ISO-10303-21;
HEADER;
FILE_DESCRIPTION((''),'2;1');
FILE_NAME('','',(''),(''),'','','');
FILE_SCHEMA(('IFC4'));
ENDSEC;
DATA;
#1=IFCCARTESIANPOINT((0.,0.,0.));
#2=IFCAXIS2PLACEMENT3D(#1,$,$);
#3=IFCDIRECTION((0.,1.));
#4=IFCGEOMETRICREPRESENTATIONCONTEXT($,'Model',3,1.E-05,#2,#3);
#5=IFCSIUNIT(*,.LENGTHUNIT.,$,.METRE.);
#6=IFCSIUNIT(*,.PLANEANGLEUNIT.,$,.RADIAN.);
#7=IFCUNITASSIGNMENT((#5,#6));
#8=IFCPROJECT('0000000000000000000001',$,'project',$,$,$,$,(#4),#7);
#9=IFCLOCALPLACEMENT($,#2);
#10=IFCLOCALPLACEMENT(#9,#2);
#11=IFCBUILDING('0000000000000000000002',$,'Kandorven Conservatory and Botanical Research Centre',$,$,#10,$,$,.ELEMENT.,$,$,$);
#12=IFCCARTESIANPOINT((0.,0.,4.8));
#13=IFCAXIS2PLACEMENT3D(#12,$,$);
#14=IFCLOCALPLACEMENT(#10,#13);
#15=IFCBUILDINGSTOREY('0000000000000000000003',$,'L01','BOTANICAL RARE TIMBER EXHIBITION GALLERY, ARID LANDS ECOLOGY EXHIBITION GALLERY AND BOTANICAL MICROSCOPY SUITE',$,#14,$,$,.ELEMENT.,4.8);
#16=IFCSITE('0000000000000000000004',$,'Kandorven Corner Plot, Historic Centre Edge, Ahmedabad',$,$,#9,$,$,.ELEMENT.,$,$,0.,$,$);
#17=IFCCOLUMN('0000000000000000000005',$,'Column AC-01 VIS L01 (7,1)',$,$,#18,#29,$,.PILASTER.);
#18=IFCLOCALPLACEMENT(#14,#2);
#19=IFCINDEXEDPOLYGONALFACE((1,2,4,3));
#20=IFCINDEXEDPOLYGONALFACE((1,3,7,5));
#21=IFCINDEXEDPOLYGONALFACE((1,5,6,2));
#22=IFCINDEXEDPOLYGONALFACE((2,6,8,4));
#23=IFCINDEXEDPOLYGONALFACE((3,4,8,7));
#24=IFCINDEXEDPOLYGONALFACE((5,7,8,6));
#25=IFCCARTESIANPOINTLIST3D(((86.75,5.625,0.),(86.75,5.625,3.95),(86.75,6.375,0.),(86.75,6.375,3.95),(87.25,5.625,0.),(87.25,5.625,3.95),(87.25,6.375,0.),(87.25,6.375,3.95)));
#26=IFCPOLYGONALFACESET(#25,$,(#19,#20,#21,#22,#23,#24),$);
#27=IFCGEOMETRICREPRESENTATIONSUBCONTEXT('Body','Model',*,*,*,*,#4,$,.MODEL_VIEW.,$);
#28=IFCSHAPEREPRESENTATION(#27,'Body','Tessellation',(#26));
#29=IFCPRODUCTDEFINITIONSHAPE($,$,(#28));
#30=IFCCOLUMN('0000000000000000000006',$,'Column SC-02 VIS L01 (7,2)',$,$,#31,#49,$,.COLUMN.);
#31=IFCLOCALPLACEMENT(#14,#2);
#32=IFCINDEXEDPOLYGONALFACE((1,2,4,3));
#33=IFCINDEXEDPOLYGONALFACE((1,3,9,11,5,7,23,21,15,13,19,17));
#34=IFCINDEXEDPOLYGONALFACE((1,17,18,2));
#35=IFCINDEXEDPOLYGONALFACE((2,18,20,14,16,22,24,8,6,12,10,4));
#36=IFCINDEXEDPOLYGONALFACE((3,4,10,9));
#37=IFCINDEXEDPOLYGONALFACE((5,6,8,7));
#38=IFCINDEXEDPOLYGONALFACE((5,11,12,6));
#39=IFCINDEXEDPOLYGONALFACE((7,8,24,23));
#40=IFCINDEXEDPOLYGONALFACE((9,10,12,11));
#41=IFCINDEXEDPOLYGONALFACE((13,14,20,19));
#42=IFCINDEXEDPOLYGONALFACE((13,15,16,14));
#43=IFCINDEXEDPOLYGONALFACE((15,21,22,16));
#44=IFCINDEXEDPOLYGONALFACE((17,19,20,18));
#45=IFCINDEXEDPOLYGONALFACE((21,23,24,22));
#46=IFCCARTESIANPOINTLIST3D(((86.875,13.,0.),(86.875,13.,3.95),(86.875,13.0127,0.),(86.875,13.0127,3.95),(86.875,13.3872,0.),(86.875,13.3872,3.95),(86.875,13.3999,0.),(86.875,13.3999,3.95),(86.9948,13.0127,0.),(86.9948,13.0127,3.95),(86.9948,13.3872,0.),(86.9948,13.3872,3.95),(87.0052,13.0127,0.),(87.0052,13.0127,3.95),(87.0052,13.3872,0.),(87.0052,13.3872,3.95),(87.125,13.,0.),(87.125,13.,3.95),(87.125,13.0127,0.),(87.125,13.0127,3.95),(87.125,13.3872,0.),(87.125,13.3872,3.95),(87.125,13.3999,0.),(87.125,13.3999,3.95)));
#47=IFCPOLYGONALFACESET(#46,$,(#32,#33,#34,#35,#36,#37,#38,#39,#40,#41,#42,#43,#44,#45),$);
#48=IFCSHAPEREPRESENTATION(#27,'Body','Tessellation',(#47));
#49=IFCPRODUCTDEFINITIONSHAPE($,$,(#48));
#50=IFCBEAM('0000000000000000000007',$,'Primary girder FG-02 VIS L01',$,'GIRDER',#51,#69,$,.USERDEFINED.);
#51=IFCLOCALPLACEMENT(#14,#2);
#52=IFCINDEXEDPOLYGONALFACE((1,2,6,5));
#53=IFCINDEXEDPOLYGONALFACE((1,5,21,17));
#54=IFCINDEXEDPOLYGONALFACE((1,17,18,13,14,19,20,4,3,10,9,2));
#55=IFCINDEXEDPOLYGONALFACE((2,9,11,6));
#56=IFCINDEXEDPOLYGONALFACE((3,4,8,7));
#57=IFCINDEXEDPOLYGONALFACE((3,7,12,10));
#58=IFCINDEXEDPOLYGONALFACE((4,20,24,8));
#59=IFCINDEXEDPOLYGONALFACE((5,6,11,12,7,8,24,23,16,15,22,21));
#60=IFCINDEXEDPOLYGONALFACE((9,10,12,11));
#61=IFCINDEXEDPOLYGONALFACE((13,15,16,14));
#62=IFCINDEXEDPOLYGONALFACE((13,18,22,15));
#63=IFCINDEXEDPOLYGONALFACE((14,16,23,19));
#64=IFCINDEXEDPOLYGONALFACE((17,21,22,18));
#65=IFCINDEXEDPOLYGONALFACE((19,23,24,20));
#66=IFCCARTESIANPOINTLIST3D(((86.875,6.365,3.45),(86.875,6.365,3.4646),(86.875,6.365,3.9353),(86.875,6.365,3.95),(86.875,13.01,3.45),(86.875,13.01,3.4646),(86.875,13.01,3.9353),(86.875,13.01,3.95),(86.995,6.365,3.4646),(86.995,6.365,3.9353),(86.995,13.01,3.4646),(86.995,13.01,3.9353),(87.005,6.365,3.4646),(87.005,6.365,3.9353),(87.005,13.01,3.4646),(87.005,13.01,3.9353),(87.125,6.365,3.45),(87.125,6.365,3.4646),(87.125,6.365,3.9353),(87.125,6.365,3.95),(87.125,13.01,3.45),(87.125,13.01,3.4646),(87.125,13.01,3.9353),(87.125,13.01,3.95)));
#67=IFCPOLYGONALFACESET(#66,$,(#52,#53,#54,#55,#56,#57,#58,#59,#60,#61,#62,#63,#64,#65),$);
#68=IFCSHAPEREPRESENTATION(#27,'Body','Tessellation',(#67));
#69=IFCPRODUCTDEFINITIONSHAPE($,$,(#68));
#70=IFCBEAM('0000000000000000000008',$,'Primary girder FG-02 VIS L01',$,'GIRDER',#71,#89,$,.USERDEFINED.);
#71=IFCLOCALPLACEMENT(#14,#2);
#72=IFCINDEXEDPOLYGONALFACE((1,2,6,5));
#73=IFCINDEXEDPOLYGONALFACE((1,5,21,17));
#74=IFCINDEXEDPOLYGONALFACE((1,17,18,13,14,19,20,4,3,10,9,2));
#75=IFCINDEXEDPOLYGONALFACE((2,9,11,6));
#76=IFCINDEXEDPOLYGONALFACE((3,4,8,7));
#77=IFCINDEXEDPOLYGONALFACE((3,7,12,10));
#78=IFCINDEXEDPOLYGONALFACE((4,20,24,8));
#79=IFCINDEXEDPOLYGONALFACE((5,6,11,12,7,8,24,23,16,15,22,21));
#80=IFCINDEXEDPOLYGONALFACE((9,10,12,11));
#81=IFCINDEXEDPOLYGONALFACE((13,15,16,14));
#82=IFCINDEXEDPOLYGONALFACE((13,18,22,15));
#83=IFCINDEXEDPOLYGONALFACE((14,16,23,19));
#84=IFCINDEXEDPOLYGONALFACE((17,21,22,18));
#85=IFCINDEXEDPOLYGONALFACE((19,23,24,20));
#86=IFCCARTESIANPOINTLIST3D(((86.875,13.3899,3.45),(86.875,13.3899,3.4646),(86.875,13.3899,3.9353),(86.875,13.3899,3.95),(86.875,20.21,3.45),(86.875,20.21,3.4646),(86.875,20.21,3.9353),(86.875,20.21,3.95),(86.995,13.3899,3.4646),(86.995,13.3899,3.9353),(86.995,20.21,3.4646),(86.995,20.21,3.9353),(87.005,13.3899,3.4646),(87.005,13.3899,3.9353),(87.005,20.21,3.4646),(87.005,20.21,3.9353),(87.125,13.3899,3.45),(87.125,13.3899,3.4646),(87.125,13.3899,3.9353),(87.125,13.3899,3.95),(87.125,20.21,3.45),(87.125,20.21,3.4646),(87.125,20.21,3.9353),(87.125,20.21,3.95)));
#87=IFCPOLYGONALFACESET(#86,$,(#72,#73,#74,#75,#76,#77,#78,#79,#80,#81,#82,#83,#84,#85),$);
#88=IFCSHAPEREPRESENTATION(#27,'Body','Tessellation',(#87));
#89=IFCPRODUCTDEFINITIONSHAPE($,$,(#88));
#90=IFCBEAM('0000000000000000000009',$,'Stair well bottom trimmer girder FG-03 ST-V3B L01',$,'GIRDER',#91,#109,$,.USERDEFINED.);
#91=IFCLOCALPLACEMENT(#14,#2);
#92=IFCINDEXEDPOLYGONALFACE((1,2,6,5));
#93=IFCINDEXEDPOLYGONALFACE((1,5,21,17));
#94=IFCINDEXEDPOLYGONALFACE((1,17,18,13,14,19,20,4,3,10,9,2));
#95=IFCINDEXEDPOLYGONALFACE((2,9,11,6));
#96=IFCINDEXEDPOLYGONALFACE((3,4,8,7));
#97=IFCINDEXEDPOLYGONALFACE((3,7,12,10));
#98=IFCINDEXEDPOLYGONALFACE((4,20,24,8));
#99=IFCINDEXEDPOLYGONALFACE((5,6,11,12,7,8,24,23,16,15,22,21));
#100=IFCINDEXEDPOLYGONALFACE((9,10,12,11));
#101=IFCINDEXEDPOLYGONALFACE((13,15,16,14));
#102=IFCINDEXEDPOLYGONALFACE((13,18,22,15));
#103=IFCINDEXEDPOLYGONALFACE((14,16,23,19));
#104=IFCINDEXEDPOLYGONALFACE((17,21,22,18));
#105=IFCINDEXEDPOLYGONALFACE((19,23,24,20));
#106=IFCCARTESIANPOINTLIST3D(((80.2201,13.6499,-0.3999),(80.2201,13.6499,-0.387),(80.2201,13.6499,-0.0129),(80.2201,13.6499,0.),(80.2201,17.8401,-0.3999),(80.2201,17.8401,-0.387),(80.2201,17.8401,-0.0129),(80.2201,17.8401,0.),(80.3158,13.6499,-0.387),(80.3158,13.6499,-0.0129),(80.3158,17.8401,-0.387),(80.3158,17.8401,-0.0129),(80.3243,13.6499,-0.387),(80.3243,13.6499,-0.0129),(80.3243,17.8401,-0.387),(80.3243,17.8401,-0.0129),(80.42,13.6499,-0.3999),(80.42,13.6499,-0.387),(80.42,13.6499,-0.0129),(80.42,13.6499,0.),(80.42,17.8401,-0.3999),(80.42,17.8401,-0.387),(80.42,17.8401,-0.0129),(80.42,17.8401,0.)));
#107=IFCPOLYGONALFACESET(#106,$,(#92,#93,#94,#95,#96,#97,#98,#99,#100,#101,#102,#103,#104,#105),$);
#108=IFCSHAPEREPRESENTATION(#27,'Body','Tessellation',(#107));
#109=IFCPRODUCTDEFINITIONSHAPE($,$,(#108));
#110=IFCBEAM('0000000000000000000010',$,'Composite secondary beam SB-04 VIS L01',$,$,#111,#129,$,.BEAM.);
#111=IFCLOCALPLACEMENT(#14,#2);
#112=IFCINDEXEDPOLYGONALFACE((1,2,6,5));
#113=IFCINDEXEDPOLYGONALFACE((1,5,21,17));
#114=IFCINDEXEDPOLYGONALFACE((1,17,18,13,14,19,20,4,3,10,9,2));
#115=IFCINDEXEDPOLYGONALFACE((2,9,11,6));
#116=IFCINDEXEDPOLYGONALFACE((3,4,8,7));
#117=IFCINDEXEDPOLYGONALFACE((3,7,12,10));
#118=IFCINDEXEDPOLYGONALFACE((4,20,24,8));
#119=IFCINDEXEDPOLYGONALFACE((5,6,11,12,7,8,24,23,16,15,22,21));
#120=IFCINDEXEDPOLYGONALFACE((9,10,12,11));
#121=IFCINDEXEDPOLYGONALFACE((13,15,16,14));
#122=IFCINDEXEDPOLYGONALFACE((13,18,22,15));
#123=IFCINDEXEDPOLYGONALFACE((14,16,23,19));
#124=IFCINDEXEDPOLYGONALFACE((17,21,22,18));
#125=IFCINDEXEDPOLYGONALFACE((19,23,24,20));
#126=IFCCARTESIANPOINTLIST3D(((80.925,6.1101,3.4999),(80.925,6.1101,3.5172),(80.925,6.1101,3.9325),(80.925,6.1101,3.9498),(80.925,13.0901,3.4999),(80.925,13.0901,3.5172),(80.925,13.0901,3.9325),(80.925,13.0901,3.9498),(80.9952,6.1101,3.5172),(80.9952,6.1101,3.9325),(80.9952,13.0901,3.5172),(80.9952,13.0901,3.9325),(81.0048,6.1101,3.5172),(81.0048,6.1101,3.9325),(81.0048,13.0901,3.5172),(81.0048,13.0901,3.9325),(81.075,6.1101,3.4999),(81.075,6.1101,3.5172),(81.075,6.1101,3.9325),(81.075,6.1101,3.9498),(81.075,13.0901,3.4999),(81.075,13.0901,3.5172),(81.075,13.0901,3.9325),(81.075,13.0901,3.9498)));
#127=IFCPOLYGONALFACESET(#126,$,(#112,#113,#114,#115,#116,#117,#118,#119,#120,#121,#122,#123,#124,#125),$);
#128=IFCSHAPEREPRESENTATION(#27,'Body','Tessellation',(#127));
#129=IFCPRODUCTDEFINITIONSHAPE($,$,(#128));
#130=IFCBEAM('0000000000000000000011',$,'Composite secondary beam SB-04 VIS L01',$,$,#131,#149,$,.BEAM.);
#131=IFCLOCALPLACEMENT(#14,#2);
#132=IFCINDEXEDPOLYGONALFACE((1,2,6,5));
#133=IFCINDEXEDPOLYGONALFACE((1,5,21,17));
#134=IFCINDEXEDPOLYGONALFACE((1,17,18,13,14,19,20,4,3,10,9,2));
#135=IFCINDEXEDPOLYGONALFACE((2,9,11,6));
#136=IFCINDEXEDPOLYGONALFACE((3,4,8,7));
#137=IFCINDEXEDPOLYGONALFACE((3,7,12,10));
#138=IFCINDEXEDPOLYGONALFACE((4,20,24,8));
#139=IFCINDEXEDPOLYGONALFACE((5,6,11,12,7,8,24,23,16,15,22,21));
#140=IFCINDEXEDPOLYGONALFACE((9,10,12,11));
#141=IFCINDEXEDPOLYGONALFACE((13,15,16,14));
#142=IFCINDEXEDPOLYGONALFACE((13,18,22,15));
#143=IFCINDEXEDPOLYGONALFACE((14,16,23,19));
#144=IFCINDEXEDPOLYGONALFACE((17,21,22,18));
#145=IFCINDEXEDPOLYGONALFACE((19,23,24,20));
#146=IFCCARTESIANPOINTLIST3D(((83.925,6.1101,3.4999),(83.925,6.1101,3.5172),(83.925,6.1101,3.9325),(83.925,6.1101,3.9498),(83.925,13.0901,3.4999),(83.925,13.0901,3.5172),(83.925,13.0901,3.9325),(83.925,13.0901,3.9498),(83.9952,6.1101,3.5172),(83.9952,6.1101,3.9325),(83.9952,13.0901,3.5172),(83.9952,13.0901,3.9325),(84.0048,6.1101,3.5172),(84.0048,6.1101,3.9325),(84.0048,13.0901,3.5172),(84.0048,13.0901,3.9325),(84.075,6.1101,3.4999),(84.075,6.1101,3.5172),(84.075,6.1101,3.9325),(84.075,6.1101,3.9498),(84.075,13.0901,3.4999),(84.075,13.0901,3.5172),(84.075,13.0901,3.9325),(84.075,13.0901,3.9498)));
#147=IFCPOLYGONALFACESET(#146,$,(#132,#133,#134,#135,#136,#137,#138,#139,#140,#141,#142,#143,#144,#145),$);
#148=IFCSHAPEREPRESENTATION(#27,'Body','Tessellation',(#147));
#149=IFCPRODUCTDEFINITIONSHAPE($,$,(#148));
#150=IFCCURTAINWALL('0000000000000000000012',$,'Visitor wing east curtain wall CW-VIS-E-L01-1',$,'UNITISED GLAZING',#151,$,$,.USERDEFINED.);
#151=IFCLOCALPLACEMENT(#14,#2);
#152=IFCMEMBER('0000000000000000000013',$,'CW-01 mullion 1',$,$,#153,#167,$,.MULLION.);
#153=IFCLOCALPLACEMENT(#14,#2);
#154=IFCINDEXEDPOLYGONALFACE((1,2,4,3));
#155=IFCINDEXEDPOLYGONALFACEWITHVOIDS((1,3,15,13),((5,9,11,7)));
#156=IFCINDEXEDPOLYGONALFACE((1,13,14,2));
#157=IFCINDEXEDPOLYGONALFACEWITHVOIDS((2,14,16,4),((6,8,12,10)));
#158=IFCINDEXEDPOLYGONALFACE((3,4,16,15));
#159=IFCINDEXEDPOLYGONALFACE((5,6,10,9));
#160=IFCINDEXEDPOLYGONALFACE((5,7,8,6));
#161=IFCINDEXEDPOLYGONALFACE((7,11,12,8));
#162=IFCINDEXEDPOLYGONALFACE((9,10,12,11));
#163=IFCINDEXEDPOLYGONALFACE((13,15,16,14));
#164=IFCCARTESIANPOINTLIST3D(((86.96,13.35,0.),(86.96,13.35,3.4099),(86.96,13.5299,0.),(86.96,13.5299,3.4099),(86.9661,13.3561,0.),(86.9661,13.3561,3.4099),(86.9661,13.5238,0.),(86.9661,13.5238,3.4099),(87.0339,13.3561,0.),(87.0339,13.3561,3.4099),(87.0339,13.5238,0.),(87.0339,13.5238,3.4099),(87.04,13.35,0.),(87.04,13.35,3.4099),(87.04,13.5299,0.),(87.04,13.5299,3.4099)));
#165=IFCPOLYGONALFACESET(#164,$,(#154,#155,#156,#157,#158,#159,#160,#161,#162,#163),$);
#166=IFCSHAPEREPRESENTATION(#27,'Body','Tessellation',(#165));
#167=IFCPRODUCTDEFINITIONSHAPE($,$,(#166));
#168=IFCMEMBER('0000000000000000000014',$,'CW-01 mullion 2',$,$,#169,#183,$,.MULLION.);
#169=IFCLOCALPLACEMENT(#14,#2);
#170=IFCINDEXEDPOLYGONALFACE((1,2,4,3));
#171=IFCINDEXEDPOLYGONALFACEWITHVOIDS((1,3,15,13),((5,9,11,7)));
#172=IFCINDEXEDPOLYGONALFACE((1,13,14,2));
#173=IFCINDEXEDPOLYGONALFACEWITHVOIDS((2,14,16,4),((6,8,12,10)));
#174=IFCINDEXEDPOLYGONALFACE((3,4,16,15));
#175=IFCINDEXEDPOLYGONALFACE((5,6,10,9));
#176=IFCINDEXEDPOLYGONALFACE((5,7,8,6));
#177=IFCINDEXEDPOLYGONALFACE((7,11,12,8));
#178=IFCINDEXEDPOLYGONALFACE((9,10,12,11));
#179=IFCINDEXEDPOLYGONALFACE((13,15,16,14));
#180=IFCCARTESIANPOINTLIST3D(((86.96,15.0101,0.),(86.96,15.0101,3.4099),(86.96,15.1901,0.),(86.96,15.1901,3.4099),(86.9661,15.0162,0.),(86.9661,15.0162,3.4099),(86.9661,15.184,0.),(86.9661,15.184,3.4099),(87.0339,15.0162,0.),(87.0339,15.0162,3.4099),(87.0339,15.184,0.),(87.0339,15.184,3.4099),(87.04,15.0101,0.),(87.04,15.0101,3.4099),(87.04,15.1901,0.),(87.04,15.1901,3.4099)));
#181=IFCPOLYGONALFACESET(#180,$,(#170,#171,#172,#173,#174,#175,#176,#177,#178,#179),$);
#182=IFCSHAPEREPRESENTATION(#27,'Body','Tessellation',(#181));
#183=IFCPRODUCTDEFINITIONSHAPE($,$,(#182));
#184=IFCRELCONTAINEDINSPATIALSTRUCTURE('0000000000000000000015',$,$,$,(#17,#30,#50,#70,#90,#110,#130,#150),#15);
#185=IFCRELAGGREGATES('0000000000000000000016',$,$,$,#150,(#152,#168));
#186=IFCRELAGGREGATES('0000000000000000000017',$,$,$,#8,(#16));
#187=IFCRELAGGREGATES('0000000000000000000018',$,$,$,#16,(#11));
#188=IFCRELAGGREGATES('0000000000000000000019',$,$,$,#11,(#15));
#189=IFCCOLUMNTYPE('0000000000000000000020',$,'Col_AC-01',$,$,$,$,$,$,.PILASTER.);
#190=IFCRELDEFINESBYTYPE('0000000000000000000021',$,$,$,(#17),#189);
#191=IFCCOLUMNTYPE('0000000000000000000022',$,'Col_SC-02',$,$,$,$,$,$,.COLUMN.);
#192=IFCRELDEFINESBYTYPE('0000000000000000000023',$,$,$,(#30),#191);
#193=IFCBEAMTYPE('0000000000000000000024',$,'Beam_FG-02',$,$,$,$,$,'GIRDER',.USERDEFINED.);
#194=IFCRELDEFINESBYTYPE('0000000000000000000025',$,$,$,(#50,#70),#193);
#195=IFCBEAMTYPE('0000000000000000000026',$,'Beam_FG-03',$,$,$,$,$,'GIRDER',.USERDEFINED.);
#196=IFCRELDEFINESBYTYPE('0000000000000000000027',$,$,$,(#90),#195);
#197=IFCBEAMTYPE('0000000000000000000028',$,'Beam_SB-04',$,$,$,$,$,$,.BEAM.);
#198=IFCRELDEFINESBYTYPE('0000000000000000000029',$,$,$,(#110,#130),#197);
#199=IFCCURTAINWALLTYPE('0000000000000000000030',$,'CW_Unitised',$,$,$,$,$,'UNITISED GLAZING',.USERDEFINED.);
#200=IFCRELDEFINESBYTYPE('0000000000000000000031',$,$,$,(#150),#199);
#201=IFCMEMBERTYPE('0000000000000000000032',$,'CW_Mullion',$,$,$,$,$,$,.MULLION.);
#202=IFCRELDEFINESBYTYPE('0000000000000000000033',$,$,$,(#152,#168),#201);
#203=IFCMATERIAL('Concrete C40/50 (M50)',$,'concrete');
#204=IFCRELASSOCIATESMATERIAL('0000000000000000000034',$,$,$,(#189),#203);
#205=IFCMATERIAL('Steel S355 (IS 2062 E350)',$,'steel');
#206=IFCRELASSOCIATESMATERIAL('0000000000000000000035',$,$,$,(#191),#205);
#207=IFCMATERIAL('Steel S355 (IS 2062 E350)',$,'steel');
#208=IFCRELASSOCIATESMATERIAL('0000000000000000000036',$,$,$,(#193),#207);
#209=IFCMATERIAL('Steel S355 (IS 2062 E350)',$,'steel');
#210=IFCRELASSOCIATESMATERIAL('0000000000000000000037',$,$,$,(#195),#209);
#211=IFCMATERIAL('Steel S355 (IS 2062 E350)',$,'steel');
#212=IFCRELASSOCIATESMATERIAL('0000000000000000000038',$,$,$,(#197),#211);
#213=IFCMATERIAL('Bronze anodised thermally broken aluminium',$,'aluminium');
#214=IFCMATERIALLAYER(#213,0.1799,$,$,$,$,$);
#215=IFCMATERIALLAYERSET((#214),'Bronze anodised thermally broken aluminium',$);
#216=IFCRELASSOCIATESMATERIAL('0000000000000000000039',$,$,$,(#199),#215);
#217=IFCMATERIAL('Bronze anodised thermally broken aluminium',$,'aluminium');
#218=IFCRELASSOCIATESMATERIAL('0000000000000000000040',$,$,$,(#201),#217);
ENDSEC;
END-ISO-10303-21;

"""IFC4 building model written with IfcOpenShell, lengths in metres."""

from ifc_helpers import new_model, si_unit, direction, frame, origin, origin_2d, place, context, subcontext, project, spatial, rectangle, hollow_rectangle, i_section, extrude, material, layer, layer_set, material_profile, profile_set, type_object, element, aggregate, save


model = new_model("IFC4")

# Units and contexts
model_context = context("Model", 3, precision=1e-05, world=origin(), true_north=direction((0.0, 1.0)))
body_context = subcontext(model_context, "Body", "Model", "MODEL_VIEW")
ifc_project = project(units=[si_unit("LENGTHUNIT", "METRE"), si_unit("PLANEANGLEUNIT", "RADIAN")], contexts=[model_context])

# Site, building, storey
site_placement = place(None, origin())
site = spatial("IfcSite", under=ifc_project, at=site_placement, Name="Kandorven Corner Plot, Historic Centre Edge, Ahmedabad", CompositionType="ELEMENT", RefElevation=0.0)
building_placement = place(site_placement, origin())
building = spatial("IfcBuilding", under=site, at=building_placement, Name="Kandorven Conservatory and Botanical Research Centre", CompositionType="ELEMENT")
storey_placement = place(building_placement, frame((0.0, 0.0, 4.8)))
storey = spatial("IfcBuildingStorey", under=building, at=storey_placement, Name="L01", Description="BOTANICAL RARE TIMBER EXHIBITION GALLERY, ARID LANDS ECOLOGY EXHIBITION GALLERY AND BOTANICAL MICROSCOPY SUITE", CompositionType="ELEMENT", Elevation=4.8)

# Columns
ifc_material_1 = material(Name="Concrete C40/50 (M50)", Category="concrete")
ifc_material_profile_1 = material_profile(ifc_material_1, rectangle(XDim=0.5, YDim=0.75, at=origin_2d()))
ifc_profile_set_1 = profile_set([ifc_material_profile_1], Name="Concrete C40/50 (M50)")
column_type_1 = type_object("IfcColumnType", Name="Col_AC-01", PredefinedType="PILASTER", material=ifc_profile_set_1)
column_1_placement = place(storey_placement, frame((87.0, 6.0, 0.0), z_axis=(0.0, 0.0, 1.0), x_axis=(1.0, 0.0, 0.0)))
element("IfcColumn", 1, at=column_1_placement, inside=storey, type_object=column_type_1, Name="Column AC-01 VIS L01 (7,1)", PredefinedType="PILASTER", context=body_context, shape_type="SweptSolid", body=[
    extrude(rectangle(XDim=0.5, YDim=0.75, at=origin_2d()), origin(), (0.0, 0.0, 1.0), 3.95),
])
ifc_material_2 = material(Name="Steel S355 (IS 2062 E350)", Category="steel")
ifc_material_profile_2 = material_profile(ifc_material_2, i_section(OverallWidth=0.25, OverallDepth=0.3999, WebThickness=0.0105, FlangeThickness=0.0127, at=origin_2d()))
ifc_profile_set_2 = profile_set([ifc_material_profile_2], Name="Steel S355 (IS 2062 E350)")
column_type_2 = type_object("IfcColumnType", Name="Col_SC-02", PredefinedType="COLUMN", material=ifc_profile_set_2)
column_2_placement = place(storey_placement, frame((87.0, 13.2, 0.0), z_axis=(0.0, 0.0, 1.0), x_axis=(1.0, 0.0, 0.0)))
element("IfcColumn", 2, at=column_2_placement, inside=storey, type_object=column_type_2, Name="Column SC-02 VIS L01 (7,2)", PredefinedType="COLUMN", context=body_context, shape_type="SweptSolid", body=[
    extrude(i_section(OverallWidth=0.25, OverallDepth=0.3999, WebThickness=0.0105, FlangeThickness=0.0127, at=origin_2d()), origin(), (0.0, 0.0, 1.0), 3.95),
])

# Beams
ifc_material_3 = material(Name="Steel S355 (IS 2062 E350)", Category="steel")
ifc_material_profile_3 = material_profile(ifc_material_3, i_section(OverallWidth=0.25, OverallDepth=0.5, WebThickness=0.01, FlangeThickness=0.0146, at=origin_2d()))
ifc_profile_set_3 = profile_set([ifc_material_profile_3], Name="Steel S355 (IS 2062 E350)")
beam_type_1 = type_object("IfcBeamType", Name="Beam_FG-02", ElementType="GIRDER", PredefinedType="USERDEFINED", material=ifc_profile_set_3)
beam_1_placement = place(storey_placement, frame((87.0, 6.365, 3.7), z_axis=(0.0, 1.0, 0.0), x_axis=(-1.0, 0.0, 0.0)))
element("IfcBeam", 3, at=beam_1_placement, inside=storey, type_object=beam_type_1, Name="Primary girder FG-02 VIS L01", ObjectType="GIRDER", PredefinedType="USERDEFINED", context=body_context, shape_type="SweptSolid", body=[
    extrude(i_section(OverallWidth=0.25, OverallDepth=0.5, WebThickness=0.01, FlangeThickness=0.0146, at=origin_2d()), origin(), (0.0, 0.0, 1.0), 6.645),
])
beam_2_placement = place(storey_placement, frame((87.0, 13.3899, 3.7), z_axis=(0.0, 1.0, 0.0), x_axis=(-1.0, 0.0, 0.0)))
element("IfcBeam", 4, at=beam_2_placement, inside=storey, type_object=beam_type_1, Name="Primary girder FG-02 VIS L01", ObjectType="GIRDER", PredefinedType="USERDEFINED", context=body_context, shape_type="SweptSolid", body=[
    extrude(i_section(OverallWidth=0.25, OverallDepth=0.5, WebThickness=0.01, FlangeThickness=0.0146, at=origin_2d()), origin(), (0.0, 0.0, 1.0), 6.8201),
])
ifc_material_4 = material(Name="Steel S355 (IS 2062 E350)", Category="steel")
ifc_material_profile_4 = material_profile(ifc_material_4, i_section(OverallWidth=0.2, OverallDepth=0.3999, WebThickness=0.0085, FlangeThickness=0.0129, at=origin_2d()))
ifc_profile_set_4 = profile_set([ifc_material_profile_4], Name="Steel S355 (IS 2062 E350)")
beam_type_2 = type_object("IfcBeamType", Name="Beam_FG-03", ElementType="GIRDER", PredefinedType="USERDEFINED", material=ifc_profile_set_4)
beam_3_placement = place(storey_placement, frame((80.3201, 13.6499, -0.2), z_axis=(0.0, 1.0, 0.0), x_axis=(-1.0, 0.0, 0.0)))
element("IfcBeam", 5, at=beam_3_placement, inside=storey, type_object=beam_type_2, Name="Stair well bottom trimmer girder FG-03 ST-V3B L01", ObjectType="GIRDER", PredefinedType="USERDEFINED", context=body_context, shape_type="SweptSolid", body=[
    extrude(i_section(OverallWidth=0.2, OverallDepth=0.3999, WebThickness=0.0085, FlangeThickness=0.0129, at=origin_2d()), origin(), (0.0, 0.0, 1.0), 4.1902),
])
ifc_material_5 = material(Name="Steel S355 (IS 2062 E350)", Category="steel")
ifc_material_profile_5 = material_profile(ifc_material_5, i_section(OverallWidth=0.1499, OverallDepth=0.45, WebThickness=0.0095, FlangeThickness=0.0173, at=origin_2d()))
ifc_profile_set_5 = profile_set([ifc_material_profile_5], Name="Steel S355 (IS 2062 E350)")
beam_type_3 = type_object("IfcBeamType", Name="Beam_SB-04", PredefinedType="BEAM", material=ifc_profile_set_5)
for number, where, z_axis, x_axis, name in (
    (6, (81.0, 6.1101, 3.7249), (0.0, 1.0, 0.0), (-1.0, 0.0, 0.0), "Composite secondary beam SB-04 VIS L01"),
    (7, (84.0, 6.1101, 3.7249), (0.0, 1.0, 0.0), (-1.0, 0.0, 0.0), "Composite secondary beam SB-04 VIS L01"),
):
    element("IfcBeam", number, at=place(storey_placement, frame(where, z_axis=z_axis, x_axis=x_axis)), inside=storey, type_object=beam_type_3, Name=name, PredefinedType="BEAM", context=body_context, shape_type="SweptSolid", body=[
        extrude(i_section(OverallWidth=0.1499, OverallDepth=0.45, WebThickness=0.0095, FlangeThickness=0.0173, at=origin_2d()), origin(), (0.0, 0.0, 1.0), 6.98),
    ])

# Curtain wall, members
ifc_material_6 = material(Name="Bronze anodised thermally broken aluminium", Category="aluminium")
ifc_layer_1 = layer(ifc_material_6, 0.1799)
ifc_layer_set_1 = layer_set([ifc_layer_1], Name="Bronze anodised thermally broken aluminium")
curtain_wall_type = type_object("IfcCurtainWallType", Name="CW_Unitised", ElementType="UNITISED GLAZING", PredefinedType="USERDEFINED", material=ifc_layer_set_1)
curtain_wall_placement = place(storey_placement, origin())
curtain_wall = element("IfcCurtainWall", 8, at=curtain_wall_placement, inside=storey, type_object=curtain_wall_type, Name="Visitor wing east curtain wall CW-VIS-E-L01-1", ObjectType="UNITISED GLAZING", PredefinedType="USERDEFINED")
ifc_material_7 = material(Name="Bronze anodised thermally broken aluminium", Category="aluminium")
ifc_material_profile_6 = material_profile(ifc_material_7, hollow_rectangle(XDim=0.0801, YDim=0.1799, WallThickness=0.0061, at=origin_2d()))
ifc_profile_set_6 = profile_set([ifc_material_profile_6], Name="Bronze anodised thermally broken aluminium")
member_type_1 = type_object("IfcMemberType", Name="CW_Mullion", PredefinedType="MULLION", material=ifc_profile_set_6)
member_1_placement = place(storey_placement, frame((87.0, 13.4399, 0.0), z_axis=(0.0, 0.0, 1.0), x_axis=(-1.0, 0.0, 0.0)))
member_1 = element("IfcMember", 9, at=member_1_placement, type_object=member_type_1, Name="CW-01 mullion 1", PredefinedType="MULLION", context=body_context, shape_type="SweptSolid", body=[
    extrude(hollow_rectangle(XDim=0.0801, YDim=0.1799, WallThickness=0.0061, at=origin_2d()), origin(), (0.0, 0.0, 1.0), 3.4099),
])
member_2_placement = place(storey_placement, frame((87.0, 15.1001, 0.0), z_axis=(0.0, 0.0, 1.0), x_axis=(-1.0, 0.0, 0.0)))
member_2 = element("IfcMember", 10, at=member_2_placement, type_object=member_type_1, Name="CW-01 mullion 2", PredefinedType="MULLION", context=body_context, shape_type="SweptSolid", body=[
    extrude(hollow_rectangle(XDim=0.0801, YDim=0.1799, WallThickness=0.0061, at=origin_2d()), origin(), (0.0, 0.0, 1.0), 3.4099),
])
aggregate(curtain_wall, [member_1, member_2])

save(model, "model.ifc")
